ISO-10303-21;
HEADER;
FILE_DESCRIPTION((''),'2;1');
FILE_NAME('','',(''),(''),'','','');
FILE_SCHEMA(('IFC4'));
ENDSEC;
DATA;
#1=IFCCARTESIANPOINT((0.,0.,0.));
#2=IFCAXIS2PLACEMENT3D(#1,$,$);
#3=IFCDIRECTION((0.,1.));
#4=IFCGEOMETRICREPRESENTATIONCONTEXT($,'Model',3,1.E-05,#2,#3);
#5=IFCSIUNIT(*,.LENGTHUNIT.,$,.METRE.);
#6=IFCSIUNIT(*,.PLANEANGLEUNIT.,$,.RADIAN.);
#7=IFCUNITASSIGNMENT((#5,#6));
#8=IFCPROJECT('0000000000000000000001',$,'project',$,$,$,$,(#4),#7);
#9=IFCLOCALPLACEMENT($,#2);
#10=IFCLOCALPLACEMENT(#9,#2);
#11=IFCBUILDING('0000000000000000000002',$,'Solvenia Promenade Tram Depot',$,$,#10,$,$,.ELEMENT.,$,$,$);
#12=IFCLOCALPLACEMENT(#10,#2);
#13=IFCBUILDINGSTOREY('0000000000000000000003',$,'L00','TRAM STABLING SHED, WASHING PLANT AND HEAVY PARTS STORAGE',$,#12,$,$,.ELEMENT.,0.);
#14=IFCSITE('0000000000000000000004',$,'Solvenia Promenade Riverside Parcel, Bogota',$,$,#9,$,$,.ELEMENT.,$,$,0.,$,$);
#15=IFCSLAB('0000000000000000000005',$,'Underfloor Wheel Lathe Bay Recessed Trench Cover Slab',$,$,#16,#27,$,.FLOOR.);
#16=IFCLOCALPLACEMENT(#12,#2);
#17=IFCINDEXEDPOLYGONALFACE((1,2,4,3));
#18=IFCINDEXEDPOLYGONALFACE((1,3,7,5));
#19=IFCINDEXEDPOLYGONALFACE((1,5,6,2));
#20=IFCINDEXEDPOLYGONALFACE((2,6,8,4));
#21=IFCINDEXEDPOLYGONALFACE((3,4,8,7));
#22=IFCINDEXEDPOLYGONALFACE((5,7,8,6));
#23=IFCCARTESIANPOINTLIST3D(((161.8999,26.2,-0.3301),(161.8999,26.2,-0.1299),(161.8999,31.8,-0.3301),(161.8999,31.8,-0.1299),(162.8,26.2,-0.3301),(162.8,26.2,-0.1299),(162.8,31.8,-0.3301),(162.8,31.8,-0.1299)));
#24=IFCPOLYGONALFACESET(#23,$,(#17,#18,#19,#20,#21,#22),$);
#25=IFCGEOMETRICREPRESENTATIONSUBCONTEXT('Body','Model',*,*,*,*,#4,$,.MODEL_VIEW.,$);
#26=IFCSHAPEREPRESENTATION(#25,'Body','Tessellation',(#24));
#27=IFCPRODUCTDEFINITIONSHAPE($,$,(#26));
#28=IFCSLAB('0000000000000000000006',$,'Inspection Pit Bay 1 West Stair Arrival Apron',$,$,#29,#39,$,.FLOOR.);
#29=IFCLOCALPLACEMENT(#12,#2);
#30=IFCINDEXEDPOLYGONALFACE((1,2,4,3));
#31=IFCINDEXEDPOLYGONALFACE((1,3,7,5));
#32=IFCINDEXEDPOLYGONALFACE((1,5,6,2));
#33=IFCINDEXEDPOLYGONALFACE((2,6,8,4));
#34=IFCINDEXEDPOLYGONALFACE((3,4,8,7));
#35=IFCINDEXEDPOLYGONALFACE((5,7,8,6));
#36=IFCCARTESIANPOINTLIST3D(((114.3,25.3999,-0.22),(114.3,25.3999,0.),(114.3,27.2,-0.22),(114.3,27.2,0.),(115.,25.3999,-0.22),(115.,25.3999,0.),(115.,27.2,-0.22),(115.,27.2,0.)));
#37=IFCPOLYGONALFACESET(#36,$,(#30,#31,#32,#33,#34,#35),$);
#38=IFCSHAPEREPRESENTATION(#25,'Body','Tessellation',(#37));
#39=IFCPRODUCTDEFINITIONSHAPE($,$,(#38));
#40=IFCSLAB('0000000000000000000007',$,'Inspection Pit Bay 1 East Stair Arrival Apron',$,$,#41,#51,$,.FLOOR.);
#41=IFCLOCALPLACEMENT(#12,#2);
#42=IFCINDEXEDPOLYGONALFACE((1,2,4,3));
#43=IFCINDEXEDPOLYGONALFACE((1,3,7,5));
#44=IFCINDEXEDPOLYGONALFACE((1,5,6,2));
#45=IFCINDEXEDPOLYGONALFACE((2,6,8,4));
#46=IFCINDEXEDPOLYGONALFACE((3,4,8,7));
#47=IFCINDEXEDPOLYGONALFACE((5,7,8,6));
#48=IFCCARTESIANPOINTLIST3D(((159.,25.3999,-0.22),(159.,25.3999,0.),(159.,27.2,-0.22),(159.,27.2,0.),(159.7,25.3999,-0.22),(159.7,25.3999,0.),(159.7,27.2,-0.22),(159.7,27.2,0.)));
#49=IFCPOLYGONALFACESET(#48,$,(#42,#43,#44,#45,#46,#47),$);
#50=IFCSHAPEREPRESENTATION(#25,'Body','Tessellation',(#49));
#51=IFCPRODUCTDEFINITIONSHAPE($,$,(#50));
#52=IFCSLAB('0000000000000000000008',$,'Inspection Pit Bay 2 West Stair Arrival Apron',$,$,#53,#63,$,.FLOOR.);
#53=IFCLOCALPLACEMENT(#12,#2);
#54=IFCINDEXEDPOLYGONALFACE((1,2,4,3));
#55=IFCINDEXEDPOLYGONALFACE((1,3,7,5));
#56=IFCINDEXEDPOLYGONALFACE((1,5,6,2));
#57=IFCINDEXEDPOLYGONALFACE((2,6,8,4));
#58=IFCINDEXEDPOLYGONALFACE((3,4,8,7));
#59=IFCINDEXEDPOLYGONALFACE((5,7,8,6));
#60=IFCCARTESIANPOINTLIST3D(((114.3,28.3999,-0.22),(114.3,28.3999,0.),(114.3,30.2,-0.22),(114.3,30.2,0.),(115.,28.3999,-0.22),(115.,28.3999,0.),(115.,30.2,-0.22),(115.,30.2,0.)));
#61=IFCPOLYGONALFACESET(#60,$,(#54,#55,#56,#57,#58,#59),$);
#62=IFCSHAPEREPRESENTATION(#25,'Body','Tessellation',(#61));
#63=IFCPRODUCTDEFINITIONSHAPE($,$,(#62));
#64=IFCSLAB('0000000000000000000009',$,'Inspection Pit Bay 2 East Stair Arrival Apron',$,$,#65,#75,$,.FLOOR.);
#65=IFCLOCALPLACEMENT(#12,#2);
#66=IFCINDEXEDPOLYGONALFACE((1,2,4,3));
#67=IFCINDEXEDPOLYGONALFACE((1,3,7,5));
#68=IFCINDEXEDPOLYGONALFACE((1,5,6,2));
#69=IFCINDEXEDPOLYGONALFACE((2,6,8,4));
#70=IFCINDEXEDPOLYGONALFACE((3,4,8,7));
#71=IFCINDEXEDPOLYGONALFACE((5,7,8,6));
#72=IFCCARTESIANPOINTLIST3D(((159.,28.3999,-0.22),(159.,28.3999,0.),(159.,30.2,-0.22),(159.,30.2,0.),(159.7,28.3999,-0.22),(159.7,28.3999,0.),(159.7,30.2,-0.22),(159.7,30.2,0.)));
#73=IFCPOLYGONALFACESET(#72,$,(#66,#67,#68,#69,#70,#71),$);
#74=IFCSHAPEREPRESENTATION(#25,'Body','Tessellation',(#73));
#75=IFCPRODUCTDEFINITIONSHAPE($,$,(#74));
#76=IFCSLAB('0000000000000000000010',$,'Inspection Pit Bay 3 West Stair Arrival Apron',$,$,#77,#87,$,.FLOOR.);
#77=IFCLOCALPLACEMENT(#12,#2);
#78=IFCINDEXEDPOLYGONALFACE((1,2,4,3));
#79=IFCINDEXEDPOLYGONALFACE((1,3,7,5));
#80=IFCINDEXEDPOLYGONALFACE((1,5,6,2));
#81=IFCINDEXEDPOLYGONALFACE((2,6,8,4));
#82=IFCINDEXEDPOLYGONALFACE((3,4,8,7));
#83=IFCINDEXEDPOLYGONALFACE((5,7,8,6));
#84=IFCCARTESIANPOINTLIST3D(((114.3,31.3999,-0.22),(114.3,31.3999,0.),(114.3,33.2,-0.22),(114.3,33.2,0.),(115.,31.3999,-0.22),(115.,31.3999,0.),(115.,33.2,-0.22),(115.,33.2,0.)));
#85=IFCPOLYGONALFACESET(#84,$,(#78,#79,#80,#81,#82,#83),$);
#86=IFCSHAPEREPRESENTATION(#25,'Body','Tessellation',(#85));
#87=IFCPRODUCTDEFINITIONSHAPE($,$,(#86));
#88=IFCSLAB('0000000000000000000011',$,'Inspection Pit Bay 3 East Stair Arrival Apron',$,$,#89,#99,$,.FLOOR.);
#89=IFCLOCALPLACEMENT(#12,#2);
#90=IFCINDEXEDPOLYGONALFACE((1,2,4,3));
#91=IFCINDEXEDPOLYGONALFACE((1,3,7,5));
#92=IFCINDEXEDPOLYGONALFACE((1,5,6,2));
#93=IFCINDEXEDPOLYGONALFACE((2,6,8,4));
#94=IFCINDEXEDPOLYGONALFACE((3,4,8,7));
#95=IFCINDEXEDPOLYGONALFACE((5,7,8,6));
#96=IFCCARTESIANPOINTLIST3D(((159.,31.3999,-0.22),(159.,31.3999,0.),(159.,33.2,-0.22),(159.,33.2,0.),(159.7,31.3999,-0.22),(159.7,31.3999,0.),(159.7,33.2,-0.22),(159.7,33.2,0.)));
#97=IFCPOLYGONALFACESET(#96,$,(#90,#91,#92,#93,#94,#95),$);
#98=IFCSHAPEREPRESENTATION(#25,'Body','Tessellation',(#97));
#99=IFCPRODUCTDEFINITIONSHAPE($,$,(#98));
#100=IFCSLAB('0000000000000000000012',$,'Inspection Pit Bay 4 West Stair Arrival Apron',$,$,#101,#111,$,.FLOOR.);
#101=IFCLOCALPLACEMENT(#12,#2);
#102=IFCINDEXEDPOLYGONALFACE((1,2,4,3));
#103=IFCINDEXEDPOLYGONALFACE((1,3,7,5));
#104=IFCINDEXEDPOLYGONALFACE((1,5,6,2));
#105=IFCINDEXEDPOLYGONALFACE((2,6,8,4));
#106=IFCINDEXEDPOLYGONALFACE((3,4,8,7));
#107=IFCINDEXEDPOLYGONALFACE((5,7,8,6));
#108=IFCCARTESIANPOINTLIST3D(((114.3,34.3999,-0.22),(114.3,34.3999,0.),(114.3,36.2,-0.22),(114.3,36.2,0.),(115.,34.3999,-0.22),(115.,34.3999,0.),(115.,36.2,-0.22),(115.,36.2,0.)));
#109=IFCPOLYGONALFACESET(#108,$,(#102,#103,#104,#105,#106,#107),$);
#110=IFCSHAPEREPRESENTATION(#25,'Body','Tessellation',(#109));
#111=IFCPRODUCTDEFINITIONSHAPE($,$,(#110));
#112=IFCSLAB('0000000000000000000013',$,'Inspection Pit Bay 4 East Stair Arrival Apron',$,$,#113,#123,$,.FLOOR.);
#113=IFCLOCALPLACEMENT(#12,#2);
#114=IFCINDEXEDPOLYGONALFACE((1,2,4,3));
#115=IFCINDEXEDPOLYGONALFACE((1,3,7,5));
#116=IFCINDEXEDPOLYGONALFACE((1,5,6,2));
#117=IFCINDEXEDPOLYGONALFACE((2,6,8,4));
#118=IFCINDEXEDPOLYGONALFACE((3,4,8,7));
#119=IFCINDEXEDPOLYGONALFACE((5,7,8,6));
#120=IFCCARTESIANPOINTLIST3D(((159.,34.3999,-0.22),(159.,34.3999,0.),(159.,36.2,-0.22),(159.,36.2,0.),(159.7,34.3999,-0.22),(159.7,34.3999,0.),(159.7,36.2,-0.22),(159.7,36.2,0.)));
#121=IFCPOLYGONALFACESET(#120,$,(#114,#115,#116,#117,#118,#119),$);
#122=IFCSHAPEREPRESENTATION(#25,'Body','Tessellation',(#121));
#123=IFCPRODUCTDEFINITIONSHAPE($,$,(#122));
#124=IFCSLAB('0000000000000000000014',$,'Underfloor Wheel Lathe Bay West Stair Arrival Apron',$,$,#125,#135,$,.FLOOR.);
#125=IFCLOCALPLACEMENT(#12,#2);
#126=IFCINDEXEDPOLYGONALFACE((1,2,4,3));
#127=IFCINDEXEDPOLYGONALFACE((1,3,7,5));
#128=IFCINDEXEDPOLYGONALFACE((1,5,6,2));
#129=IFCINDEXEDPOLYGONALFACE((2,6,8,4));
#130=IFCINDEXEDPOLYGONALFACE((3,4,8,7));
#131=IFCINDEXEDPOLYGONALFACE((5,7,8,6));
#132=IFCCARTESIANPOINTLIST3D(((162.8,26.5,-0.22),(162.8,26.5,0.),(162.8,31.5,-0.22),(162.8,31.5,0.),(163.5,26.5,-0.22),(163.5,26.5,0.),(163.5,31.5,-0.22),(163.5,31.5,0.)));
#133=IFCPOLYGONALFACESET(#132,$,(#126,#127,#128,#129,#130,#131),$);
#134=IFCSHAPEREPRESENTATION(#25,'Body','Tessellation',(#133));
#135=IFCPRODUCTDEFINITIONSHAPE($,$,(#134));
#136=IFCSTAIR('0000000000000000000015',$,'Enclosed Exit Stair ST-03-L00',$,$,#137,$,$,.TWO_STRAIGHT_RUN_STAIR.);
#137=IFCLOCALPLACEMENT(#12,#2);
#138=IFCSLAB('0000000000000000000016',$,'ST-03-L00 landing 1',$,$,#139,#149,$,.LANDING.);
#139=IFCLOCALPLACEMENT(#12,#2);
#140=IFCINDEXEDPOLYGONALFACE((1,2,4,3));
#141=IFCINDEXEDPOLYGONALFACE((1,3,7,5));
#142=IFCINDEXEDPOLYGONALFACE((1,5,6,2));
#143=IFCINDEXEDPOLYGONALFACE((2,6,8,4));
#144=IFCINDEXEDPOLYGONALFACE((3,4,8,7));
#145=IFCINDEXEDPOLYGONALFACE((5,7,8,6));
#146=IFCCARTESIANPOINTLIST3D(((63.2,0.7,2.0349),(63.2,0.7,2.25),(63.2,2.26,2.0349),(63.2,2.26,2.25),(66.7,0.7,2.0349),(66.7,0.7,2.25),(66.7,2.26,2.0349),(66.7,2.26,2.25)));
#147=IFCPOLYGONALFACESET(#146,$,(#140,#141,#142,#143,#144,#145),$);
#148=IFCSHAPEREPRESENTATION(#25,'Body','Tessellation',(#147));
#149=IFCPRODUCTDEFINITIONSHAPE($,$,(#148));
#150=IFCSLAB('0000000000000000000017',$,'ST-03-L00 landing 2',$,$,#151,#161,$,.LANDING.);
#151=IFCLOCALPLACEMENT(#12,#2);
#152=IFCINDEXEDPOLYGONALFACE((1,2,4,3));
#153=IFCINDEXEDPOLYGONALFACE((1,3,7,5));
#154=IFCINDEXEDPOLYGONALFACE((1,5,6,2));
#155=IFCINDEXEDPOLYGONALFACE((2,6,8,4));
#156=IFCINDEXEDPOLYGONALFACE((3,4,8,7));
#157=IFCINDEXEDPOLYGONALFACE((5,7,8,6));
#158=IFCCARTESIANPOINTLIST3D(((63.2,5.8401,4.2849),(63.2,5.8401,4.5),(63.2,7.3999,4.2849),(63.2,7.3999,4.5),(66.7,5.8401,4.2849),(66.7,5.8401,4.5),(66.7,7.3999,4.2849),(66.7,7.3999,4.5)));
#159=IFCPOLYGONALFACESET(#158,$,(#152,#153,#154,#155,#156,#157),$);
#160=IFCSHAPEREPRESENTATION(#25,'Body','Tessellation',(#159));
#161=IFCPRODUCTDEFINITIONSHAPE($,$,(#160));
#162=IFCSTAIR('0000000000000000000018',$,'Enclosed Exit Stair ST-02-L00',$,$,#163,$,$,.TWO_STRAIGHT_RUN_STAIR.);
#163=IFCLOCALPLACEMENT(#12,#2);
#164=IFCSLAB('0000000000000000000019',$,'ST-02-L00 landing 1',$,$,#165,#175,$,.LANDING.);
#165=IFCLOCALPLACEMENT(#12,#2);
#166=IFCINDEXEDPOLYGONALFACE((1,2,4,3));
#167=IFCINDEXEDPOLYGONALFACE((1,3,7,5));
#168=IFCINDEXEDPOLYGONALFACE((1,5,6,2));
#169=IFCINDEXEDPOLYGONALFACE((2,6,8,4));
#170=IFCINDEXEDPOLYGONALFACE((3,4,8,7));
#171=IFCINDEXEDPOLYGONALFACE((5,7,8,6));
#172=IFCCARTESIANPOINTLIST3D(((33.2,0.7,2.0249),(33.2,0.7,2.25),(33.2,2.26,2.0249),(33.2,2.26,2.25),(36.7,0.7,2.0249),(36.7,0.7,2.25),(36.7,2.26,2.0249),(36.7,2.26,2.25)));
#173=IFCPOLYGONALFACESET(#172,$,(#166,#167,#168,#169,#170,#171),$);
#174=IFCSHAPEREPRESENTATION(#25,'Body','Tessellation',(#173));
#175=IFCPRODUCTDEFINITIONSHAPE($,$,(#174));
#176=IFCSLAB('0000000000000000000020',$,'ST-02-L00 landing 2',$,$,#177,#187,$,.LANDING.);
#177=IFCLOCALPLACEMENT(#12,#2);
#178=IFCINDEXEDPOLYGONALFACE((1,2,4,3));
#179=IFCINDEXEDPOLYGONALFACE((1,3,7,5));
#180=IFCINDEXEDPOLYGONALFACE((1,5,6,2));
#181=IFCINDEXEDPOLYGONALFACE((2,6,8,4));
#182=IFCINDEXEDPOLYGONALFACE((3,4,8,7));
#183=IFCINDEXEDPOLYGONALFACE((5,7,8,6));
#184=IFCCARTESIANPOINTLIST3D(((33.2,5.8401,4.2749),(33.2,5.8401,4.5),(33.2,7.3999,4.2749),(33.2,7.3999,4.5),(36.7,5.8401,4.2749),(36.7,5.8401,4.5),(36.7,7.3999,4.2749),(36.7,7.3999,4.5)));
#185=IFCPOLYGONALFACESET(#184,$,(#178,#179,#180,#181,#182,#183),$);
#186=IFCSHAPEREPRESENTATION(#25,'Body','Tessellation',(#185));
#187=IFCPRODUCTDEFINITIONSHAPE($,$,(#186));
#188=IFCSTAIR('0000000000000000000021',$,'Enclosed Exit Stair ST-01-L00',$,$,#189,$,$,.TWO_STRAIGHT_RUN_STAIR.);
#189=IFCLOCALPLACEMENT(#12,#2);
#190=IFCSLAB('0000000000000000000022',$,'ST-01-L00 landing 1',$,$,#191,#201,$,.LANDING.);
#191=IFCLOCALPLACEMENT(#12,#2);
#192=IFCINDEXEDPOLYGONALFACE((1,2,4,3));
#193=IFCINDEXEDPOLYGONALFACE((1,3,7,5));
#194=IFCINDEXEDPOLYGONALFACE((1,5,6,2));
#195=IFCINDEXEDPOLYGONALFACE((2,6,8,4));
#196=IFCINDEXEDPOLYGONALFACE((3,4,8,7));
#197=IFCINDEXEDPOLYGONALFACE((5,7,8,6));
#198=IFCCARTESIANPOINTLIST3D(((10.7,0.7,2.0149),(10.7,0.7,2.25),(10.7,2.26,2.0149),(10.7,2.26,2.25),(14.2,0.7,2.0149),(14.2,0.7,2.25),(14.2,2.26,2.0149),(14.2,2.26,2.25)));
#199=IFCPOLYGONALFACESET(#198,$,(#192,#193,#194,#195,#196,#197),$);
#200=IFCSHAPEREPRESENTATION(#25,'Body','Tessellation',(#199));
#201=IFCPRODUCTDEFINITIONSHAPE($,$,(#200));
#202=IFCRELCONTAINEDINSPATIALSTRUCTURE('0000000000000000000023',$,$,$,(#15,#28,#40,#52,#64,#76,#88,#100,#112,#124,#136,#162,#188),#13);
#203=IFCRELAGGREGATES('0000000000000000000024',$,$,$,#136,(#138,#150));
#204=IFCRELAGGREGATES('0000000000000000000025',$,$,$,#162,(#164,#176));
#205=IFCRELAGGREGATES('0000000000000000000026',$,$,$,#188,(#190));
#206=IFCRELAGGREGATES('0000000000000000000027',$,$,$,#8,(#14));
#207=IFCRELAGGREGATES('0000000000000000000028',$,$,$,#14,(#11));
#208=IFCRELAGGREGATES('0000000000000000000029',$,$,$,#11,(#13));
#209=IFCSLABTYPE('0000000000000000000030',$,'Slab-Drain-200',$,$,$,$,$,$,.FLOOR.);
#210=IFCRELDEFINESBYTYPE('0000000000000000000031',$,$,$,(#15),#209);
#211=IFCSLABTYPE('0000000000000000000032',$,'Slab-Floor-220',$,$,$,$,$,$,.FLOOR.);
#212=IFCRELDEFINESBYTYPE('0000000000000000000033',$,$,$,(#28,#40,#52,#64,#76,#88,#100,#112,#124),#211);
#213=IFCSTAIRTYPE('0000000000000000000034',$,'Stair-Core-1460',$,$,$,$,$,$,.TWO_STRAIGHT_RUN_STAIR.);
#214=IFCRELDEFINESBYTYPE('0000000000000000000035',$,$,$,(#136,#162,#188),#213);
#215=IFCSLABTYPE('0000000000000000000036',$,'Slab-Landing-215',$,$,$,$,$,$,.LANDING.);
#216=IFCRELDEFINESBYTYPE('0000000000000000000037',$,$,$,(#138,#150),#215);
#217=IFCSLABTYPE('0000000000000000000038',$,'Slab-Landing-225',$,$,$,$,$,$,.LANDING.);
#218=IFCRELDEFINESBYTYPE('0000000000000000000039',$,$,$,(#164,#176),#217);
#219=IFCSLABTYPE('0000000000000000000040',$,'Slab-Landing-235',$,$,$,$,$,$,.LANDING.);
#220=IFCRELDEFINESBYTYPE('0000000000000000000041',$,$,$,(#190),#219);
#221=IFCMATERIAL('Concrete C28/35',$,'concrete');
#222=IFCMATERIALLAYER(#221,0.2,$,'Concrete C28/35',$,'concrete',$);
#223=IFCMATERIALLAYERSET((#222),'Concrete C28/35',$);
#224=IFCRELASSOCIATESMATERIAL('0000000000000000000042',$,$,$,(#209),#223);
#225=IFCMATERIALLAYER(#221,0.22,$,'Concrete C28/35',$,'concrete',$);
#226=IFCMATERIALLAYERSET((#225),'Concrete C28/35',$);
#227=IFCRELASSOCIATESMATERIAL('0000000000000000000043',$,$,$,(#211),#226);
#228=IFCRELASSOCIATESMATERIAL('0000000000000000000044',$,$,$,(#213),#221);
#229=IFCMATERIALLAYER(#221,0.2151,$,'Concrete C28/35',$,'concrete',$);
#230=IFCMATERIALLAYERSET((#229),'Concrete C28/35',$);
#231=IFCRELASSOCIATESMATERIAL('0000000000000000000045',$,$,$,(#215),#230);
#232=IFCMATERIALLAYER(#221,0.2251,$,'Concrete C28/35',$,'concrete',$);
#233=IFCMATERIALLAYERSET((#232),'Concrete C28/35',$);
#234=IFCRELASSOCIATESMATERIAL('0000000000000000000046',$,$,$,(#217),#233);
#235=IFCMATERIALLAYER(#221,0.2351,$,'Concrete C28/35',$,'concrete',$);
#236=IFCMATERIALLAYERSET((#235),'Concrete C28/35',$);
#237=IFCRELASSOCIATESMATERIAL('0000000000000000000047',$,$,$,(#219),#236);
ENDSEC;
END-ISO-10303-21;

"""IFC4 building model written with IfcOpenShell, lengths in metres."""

from ifc_helpers import new_model, si_unit, direction, frame, origin, place, context, subcontext, project, spatial, polyline, outline, extrude, material, layer, layer_set, type_object, element, aggregate, save


model = new_model("IFC4")

# Units and contexts
model_context = context("Model", 3, precision=1e-05, world=origin(), true_north=direction((0.0, 1.0)))
body_context = subcontext(model_context, "Body", "Model", "MODEL_VIEW")
ifc_project = project(units=[si_unit("LENGTHUNIT", "METRE"), si_unit("PLANEANGLEUNIT", "RADIAN")], contexts=[model_context])

# Site, building, storey
site_placement = place(None, origin())
site = spatial("IfcSite", under=ifc_project, at=site_placement, Name="Solvenia Promenade Riverside Parcel, Bogota", CompositionType="ELEMENT", RefElevation=0.0)
building_placement = place(site_placement, origin())
building = spatial("IfcBuilding", under=site, at=building_placement, Name="Solvenia Promenade Tram Depot", CompositionType="ELEMENT")
storey_placement = place(building_placement, origin())
storey = spatial("IfcBuildingStorey", under=building, at=storey_placement, Name="L00", Description="TRAM STABLING SHED, WASHING PLANT AND HEAVY PARTS STORAGE", CompositionType="ELEMENT", Elevation=0.0)

# Slabs
ifc_material_1 = material(Name="Concrete C28/35", Category="concrete")
ifc_layer_1 = layer(ifc_material_1, 0.2, Name="Concrete C28/35", Category="concrete")
ifc_layer_set_1 = layer_set([ifc_layer_1], Name="Concrete C28/35")
slab_type_1 = type_object("IfcSlabType", Name="Slab-Drain-200", PredefinedType="FLOOR", material=ifc_layer_set_1)
slab_1_placement = place(storey_placement, frame((0.0, 0.0, -0.3301)))
element("IfcSlab", 1, at=slab_1_placement, inside=storey, type_object=slab_type_1, Name="Underfloor Wheel Lathe Bay Recessed Trench Cover Slab", PredefinedType="FLOOR", context=body_context, shape_type="SweptSolid", body=[
    extrude(outline(polyline([(161.8999, 26.2), (162.8, 26.2), (162.8, 31.8), (161.8999, 31.8), (161.8999, 26.2)])), origin(), (0.0, 0.0, 1.0), 0.2002),
])
ifc_layer_2 = layer(ifc_material_1, 0.22, Name="Concrete C28/35", Category="concrete")
ifc_layer_set_2 = layer_set([ifc_layer_2], Name="Concrete C28/35")
slab_type_2 = type_object("IfcSlabType", Name="Slab-Floor-220", PredefinedType="FLOOR", material=ifc_layer_set_2)
slab_2_placement = place(storey_placement, frame((0.0, 0.0, -0.22)))
element("IfcSlab", 2, at=slab_2_placement, inside=storey, type_object=slab_type_2, Name="Inspection Pit Bay 1 West Stair Arrival Apron", PredefinedType="FLOOR", context=body_context, shape_type="SweptSolid", body=[
    extrude(outline(polyline([(114.3, 25.3999), (115.0, 25.3999), (115.0, 27.2), (114.3, 27.2), (114.3, 25.3999)])), origin(), (0.0, 0.0, 1.0), 0.22),
])
slab_3_placement = place(storey_placement, frame((0.0, 0.0, -0.22)))
element("IfcSlab", 3, at=slab_3_placement, inside=storey, type_object=slab_type_2, Name="Inspection Pit Bay 1 East Stair Arrival Apron", PredefinedType="FLOOR", context=body_context, shape_type="SweptSolid", body=[
    extrude(outline(polyline([(159.0, 25.3999), (159.7, 25.3999), (159.7, 27.2), (159.0, 27.2), (159.0, 25.3999)])), origin(), (0.0, 0.0, 1.0), 0.22),
])
slab_4_placement = place(storey_placement, frame((0.0, 0.0, -0.22)))
element("IfcSlab", 4, at=slab_4_placement, inside=storey, type_object=slab_type_2, Name="Inspection Pit Bay 2 West Stair Arrival Apron", PredefinedType="FLOOR", context=body_context, shape_type="SweptSolid", body=[
    extrude(outline(polyline([(114.3, 28.3999), (115.0, 28.3999), (115.0, 30.2), (114.3, 30.2), (114.3, 28.3999)])), origin(), (0.0, 0.0, 1.0), 0.22),
])
slab_5_placement = place(storey_placement, frame((0.0, 0.0, -0.22)))
element("IfcSlab", 5, at=slab_5_placement, inside=storey, type_object=slab_type_2, Name="Inspection Pit Bay 2 East Stair Arrival Apron", PredefinedType="FLOOR", context=body_context, shape_type="SweptSolid", body=[
    extrude(outline(polyline([(159.0, 28.3999), (159.7, 28.3999), (159.7, 30.2), (159.0, 30.2), (159.0, 28.3999)])), origin(), (0.0, 0.0, 1.0), 0.22),
])
slab_6_placement = place(storey_placement, frame((0.0, 0.0, -0.22)))
element("IfcSlab", 6, at=slab_6_placement, inside=storey, type_object=slab_type_2, Name="Inspection Pit Bay 3 West Stair Arrival Apron", PredefinedType="FLOOR", context=body_context, shape_type="SweptSolid", body=[
    extrude(outline(polyline([(114.3, 31.3999), (115.0, 31.3999), (115.0, 33.2), (114.3, 33.2), (114.3, 31.3999)])), origin(), (0.0, 0.0, 1.0), 0.22),
])
slab_7_placement = place(storey_placement, frame((0.0, 0.0, -0.22)))
element("IfcSlab", 7, at=slab_7_placement, inside=storey, type_object=slab_type_2, Name="Inspection Pit Bay 3 East Stair Arrival Apron", PredefinedType="FLOOR", context=body_context, shape_type="SweptSolid", body=[
    extrude(outline(polyline([(159.0, 31.3999), (159.7, 31.3999), (159.7, 33.2), (159.0, 33.2), (159.0, 31.3999)])), origin(), (0.0, 0.0, 1.0), 0.22),
])
slab_8_placement = place(storey_placement, frame((0.0, 0.0, -0.22)))
element("IfcSlab", 8, at=slab_8_placement, inside=storey, type_object=slab_type_2, Name="Inspection Pit Bay 4 West Stair Arrival Apron", PredefinedType="FLOOR", context=body_context, shape_type="SweptSolid", body=[
    extrude(outline(polyline([(114.3, 34.3999), (115.0, 34.3999), (115.0, 36.2), (114.3, 36.2), (114.3, 34.3999)])), origin(), (0.0, 0.0, 1.0), 0.22),
])
slab_9_placement = place(storey_placement, frame((0.0, 0.0, -0.22)))
element("IfcSlab", 9, at=slab_9_placement, inside=storey, type_object=slab_type_2, Name="Inspection Pit Bay 4 East Stair Arrival Apron", PredefinedType="FLOOR", context=body_context, shape_type="SweptSolid", body=[
    extrude(outline(polyline([(159.0, 34.3999), (159.7, 34.3999), (159.7, 36.2), (159.0, 36.2), (159.0, 34.3999)])), origin(), (0.0, 0.0, 1.0), 0.22),
])
slab_10_placement = place(storey_placement, frame((0.0, 0.0, -0.22)))
element("IfcSlab", 10, at=slab_10_placement, inside=storey, type_object=slab_type_2, Name="Underfloor Wheel Lathe Bay West Stair Arrival Apron", PredefinedType="FLOOR", context=body_context, shape_type="SweptSolid", body=[
    extrude(outline(polyline([(162.8, 26.5), (163.5, 26.5), (163.5, 31.5), (162.8, 31.5), (162.8, 26.5)])), origin(), (0.0, 0.0, 1.0), 0.22),
])

# Stairs, slabs
stair_type = type_object("IfcStairType", Name="Stair-Core-1460", PredefinedType="TWO_STRAIGHT_RUN_STAIR", material=ifc_material_1)
stair_1_placement = place(storey_placement, origin())
stair_1 = element("IfcStair", 11, at=stair_1_placement, inside=storey, type_object=stair_type, Name="Enclosed Exit Stair ST-03-L00", PredefinedType="TWO_STRAIGHT_RUN_STAIR")
ifc_layer_3 = layer(ifc_material_1, 0.2151, Name="Concrete C28/35", Category="concrete")
ifc_layer_set_3 = layer_set([ifc_layer_3], Name="Concrete C28/35")
slab_type_3 = type_object("IfcSlabType", Name="Slab-Landing-215", PredefinedType="LANDING", material=ifc_layer_set_3)
slab_11_placement = place(storey_placement, frame((0.0, 0.0, 2.0349)))
slab_11 = element("IfcSlab", 12, at=slab_11_placement, type_object=slab_type_3, Name="ST-03-L00 landing 1", PredefinedType="LANDING", context=body_context, shape_type="SweptSolid", body=[
    extrude(outline(polyline([(63.2, 0.7), (66.7, 0.7), (66.7, 2.26), (63.2, 2.26), (63.2, 0.7)])), origin(), (0.0, 0.0, 1.0), 0.2151),
])
slab_12_placement = place(storey_placement, frame((0.0, 0.0, 4.2849)))
slab_12 = element("IfcSlab", 13, at=slab_12_placement, type_object=slab_type_3, Name="ST-03-L00 landing 2", PredefinedType="LANDING", context=body_context, shape_type="SweptSolid", body=[
    extrude(outline(polyline([(63.2, 5.8401), (66.7, 5.8401), (66.7, 7.3999), (63.2, 7.3999), (63.2, 5.8401)])), origin(), (0.0, 0.0, 1.0), 0.2151),
])
aggregate(stair_1, [slab_11, slab_12])
stair_2_placement = place(storey_placement, origin())
stair_2 = element("IfcStair", 14, at=stair_2_placement, inside=storey, type_object=stair_type, Name="Enclosed Exit Stair ST-02-L00", PredefinedType="TWO_STRAIGHT_RUN_STAIR")
ifc_layer_4 = layer(ifc_material_1, 0.2251, Name="Concrete C28/35", Category="concrete")
ifc_layer_set_4 = layer_set([ifc_layer_4], Name="Concrete C28/35")
slab_type_4 = type_object("IfcSlabType", Name="Slab-Landing-225", PredefinedType="LANDING", material=ifc_layer_set_4)
slab_13_placement = place(storey_placement, frame((0.0, 0.0, 2.0249)))
slab_13 = element("IfcSlab", 15, at=slab_13_placement, type_object=slab_type_4, Name="ST-02-L00 landing 1", PredefinedType="LANDING", context=body_context, shape_type="SweptSolid", body=[
    extrude(outline(polyline([(33.2, 0.7), (36.7, 0.7), (36.7, 2.26), (33.2, 2.26), (33.2, 0.7)])), origin(), (0.0, 0.0, 1.0), 0.2251),
])
slab_14_placement = place(storey_placement, frame((0.0, 0.0, 4.2749)))
slab_14 = element("IfcSlab", 16, at=slab_14_placement, type_object=slab_type_4, Name="ST-02-L00 landing 2", PredefinedType="LANDING", context=body_context, shape_type="SweptSolid", body=[
    extrude(outline(polyline([(33.2, 5.8401), (36.7, 5.8401), (36.7, 7.3999), (33.2, 7.3999), (33.2, 5.8401)])), origin(), (0.0, 0.0, 1.0), 0.2251),
])
aggregate(stair_2, [slab_13, slab_14])
stair_3_placement = place(storey_placement, origin())
stair_3 = element("IfcStair", 17, at=stair_3_placement, inside=storey, type_object=stair_type, Name="Enclosed Exit Stair ST-01-L00", PredefinedType="TWO_STRAIGHT_RUN_STAIR")
ifc_layer_5 = layer(ifc_material_1, 0.2351, Name="Concrete C28/35", Category="concrete")
ifc_layer_set_5 = layer_set([ifc_layer_5], Name="Concrete C28/35")
slab_type_5 = type_object("IfcSlabType", Name="Slab-Landing-235", PredefinedType="LANDING", material=ifc_layer_set_5)
slab_15_placement = place(storey_placement, frame((0.0, 0.0, 2.0149)))
slab_15 = element("IfcSlab", 18, at=slab_15_placement, type_object=slab_type_5, Name="ST-01-L00 landing 1", PredefinedType="LANDING", context=body_context, shape_type="SweptSolid", body=[
    extrude(outline(polyline([(10.7, 0.7), (14.2, 0.7), (14.2, 2.26), (10.7, 2.26), (10.7, 0.7)])), origin(), (0.0, 0.0, 1.0), 0.2351),
])
aggregate(stair_3, [slab_15])

save(model, "model.ifc")
